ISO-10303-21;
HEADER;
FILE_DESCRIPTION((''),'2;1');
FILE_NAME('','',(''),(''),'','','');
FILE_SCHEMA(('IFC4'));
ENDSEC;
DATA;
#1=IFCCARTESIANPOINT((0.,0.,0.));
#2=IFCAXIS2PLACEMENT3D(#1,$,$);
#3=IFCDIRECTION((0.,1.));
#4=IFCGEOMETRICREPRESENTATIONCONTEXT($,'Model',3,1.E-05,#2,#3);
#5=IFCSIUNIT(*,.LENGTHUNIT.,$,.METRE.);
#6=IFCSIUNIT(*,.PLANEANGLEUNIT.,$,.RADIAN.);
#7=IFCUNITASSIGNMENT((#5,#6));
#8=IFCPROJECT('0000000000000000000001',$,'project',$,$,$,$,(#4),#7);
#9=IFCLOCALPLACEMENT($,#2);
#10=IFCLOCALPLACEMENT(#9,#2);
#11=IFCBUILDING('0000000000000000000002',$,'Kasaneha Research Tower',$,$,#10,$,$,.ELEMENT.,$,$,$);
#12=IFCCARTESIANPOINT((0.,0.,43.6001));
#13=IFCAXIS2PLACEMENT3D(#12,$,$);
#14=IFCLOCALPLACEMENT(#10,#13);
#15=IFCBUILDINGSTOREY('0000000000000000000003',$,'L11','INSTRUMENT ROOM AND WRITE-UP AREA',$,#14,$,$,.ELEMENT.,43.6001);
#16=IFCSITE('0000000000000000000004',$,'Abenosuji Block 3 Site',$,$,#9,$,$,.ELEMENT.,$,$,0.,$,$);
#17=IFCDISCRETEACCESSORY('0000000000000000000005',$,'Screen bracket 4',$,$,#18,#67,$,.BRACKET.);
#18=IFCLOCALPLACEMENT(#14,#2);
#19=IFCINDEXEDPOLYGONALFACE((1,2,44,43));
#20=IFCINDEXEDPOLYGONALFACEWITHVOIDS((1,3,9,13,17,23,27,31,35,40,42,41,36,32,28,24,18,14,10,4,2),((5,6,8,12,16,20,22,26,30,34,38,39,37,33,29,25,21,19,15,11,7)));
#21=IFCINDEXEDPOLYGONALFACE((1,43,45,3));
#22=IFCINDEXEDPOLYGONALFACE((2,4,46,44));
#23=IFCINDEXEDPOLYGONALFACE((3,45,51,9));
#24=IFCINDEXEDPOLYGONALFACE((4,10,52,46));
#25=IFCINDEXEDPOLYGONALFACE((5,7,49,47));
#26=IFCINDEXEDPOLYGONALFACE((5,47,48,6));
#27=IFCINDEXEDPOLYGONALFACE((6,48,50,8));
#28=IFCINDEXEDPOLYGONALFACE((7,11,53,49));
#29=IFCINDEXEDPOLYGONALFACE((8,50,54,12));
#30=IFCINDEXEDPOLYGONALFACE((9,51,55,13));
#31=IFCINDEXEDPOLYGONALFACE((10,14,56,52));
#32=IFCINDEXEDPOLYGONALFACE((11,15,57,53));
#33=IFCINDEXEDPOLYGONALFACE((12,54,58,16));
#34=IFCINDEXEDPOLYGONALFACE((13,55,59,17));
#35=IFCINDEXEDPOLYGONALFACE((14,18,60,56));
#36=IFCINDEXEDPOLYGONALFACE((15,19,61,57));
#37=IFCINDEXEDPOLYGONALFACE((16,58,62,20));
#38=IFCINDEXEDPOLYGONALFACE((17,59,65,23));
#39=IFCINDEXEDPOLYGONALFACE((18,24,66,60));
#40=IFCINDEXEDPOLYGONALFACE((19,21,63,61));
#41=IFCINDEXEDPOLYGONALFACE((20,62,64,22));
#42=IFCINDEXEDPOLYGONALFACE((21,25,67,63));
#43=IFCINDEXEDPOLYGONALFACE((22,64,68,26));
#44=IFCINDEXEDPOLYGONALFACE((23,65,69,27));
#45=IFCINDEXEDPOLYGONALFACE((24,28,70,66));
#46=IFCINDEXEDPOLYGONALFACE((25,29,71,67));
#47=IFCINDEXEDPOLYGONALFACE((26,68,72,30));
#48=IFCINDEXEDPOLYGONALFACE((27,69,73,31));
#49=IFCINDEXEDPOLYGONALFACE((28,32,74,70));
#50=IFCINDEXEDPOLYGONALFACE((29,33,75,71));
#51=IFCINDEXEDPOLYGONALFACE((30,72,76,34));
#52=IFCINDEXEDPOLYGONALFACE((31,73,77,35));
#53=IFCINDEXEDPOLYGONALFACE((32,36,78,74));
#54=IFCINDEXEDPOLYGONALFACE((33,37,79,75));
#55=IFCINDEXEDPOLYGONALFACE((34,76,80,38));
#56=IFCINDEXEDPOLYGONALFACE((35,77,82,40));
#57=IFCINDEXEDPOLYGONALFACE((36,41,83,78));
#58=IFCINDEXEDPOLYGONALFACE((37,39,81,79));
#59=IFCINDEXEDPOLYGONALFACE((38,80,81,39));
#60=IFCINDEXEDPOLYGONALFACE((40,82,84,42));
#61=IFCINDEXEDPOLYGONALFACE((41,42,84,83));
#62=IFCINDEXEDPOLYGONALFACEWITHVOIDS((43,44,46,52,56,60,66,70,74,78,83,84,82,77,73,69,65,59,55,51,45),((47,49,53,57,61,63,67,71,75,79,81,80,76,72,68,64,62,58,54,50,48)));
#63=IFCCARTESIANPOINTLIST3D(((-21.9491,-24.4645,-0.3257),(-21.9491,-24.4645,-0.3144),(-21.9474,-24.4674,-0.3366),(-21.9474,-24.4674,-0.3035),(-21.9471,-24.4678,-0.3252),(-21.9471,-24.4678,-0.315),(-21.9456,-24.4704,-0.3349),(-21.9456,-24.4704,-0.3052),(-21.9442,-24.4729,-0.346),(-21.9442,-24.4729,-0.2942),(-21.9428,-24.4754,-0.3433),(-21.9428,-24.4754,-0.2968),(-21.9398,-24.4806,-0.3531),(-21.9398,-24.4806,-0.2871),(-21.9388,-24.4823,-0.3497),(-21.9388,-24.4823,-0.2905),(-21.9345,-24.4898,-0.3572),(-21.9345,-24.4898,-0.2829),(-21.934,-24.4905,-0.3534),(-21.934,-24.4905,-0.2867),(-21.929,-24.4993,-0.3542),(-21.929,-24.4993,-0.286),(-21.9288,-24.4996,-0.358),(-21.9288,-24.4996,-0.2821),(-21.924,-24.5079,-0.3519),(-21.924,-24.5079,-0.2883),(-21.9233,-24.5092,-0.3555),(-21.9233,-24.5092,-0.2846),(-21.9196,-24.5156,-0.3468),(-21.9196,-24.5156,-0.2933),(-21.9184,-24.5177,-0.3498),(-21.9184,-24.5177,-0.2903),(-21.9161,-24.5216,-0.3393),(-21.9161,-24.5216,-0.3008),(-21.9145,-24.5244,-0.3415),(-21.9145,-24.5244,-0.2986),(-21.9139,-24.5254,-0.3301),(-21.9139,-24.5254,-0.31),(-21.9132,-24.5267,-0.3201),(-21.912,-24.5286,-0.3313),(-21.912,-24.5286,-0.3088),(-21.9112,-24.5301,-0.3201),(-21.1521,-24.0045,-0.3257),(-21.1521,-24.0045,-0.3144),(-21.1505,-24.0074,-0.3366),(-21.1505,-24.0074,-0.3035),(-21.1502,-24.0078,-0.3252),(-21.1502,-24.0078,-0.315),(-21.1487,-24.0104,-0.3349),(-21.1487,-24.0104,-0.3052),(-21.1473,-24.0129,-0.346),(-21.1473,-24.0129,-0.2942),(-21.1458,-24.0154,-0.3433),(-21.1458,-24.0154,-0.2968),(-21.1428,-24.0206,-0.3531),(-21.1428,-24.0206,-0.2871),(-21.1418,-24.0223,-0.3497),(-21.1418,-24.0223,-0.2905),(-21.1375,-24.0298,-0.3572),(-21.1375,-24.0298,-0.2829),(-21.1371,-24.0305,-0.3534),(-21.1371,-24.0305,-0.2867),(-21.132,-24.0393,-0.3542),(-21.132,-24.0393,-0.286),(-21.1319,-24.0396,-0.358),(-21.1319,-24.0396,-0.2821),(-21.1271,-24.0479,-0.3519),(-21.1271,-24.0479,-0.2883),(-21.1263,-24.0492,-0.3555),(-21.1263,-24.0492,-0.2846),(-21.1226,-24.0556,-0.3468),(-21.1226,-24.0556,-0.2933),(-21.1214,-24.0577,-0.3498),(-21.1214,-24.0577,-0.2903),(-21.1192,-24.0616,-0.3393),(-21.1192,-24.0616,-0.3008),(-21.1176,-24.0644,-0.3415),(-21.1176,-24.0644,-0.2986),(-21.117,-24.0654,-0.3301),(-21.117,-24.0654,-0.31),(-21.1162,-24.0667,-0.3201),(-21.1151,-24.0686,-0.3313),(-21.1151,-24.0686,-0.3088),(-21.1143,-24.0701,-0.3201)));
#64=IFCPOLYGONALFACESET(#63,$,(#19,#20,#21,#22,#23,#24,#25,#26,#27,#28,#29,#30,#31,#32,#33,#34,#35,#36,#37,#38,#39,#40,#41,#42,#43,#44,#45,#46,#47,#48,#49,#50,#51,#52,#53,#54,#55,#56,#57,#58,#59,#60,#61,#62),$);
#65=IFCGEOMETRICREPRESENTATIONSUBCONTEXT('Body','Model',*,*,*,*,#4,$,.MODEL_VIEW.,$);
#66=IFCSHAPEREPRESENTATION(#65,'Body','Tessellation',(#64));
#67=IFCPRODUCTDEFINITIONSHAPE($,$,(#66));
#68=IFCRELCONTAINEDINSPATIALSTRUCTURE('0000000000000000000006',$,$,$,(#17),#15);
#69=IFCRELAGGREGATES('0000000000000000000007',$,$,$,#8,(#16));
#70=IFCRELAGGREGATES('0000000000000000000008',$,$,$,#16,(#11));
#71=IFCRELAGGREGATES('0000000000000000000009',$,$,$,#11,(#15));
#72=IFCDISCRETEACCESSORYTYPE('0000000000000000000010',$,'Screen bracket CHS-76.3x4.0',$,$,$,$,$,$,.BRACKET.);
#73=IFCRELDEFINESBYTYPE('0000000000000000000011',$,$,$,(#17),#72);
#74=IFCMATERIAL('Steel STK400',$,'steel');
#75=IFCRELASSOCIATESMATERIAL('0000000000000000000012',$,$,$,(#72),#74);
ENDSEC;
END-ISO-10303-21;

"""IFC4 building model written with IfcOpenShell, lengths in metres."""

from ifc_helpers import new_model, si_unit, direction, frame, origin, origin_2d, place, context, subcontext, project, spatial, hollow_circle, extrude, material, material_profile, profile_set, type_object, element, save


model = new_model("IFC4")

# Units and contexts
model_context = context("Model", 3, precision=1e-05, world=origin(), true_north=direction((0.0, 1.0)))
body_context = subcontext(model_context, "Body", "Model", "MODEL_VIEW")
ifc_project = project(units=[si_unit("LENGTHUNIT", "METRE"), si_unit("PLANEANGLEUNIT", "RADIAN")], contexts=[model_context])

# Site, building, storey
site_placement = place(None, origin())
site = spatial("IfcSite", under=ifc_project, at=site_placement, Name="Abenosuji Block 3 Site", CompositionType="ELEMENT", RefElevation=0.0)
building_placement = place(site_placement, origin())
building = spatial("IfcBuilding", under=site, at=building_placement, Name="Kasaneha Research Tower", CompositionType="ELEMENT")
storey_placement = place(building_placement, frame((0.0, 0.0, 43.6001)))
storey = spatial("IfcBuildingStorey", under=building, at=storey_placement, Name="L11", Description="INSTRUMENT ROOM AND WRITE-UP AREA", CompositionType="ELEMENT", Elevation=43.6001)

# Discrete accessory
ifc_material_1 = material(Name="Steel STK400", Category="steel")
ifc_material_profile_1 = material_profile(ifc_material_1, hollow_circle(Radius=0.0381, WallThickness=0.0039, at=origin_2d()), Name="CHS-76.3x4.0")
ifc_profile_set_1 = profile_set([ifc_material_profile_1], Name="Steel STK400")
discrete_accessory_type = type_object("IfcDiscreteAccessoryType", Name="Screen bracket CHS-76.3x4.0", PredefinedType="BRACKET", material=ifc_profile_set_1)
for number, where, z_axis, x_axis, name in (
    (1, (-21.1333, -24.0371, -0.3201), (-0.86608, -0.499906, 0.0), (0.499906, -0.86608, 0.0), "Screen bracket 4"),
):
    element("IfcDiscreteAccessory", number, at=place(storey_placement, frame(where, z_axis=z_axis, x_axis=x_axis)), inside=storey, type_object=discrete_accessory_type, Name=name, PredefinedType="BRACKET", context=body_context, shape_type="SweptSolid", body=[
        extrude(hollow_circle(Radius=0.0381, WallThickness=0.0039, at=origin_2d()), origin(), (0.0, 0.0, 1.0), 0.9202),
    ])

save(model, "model.ifc")
